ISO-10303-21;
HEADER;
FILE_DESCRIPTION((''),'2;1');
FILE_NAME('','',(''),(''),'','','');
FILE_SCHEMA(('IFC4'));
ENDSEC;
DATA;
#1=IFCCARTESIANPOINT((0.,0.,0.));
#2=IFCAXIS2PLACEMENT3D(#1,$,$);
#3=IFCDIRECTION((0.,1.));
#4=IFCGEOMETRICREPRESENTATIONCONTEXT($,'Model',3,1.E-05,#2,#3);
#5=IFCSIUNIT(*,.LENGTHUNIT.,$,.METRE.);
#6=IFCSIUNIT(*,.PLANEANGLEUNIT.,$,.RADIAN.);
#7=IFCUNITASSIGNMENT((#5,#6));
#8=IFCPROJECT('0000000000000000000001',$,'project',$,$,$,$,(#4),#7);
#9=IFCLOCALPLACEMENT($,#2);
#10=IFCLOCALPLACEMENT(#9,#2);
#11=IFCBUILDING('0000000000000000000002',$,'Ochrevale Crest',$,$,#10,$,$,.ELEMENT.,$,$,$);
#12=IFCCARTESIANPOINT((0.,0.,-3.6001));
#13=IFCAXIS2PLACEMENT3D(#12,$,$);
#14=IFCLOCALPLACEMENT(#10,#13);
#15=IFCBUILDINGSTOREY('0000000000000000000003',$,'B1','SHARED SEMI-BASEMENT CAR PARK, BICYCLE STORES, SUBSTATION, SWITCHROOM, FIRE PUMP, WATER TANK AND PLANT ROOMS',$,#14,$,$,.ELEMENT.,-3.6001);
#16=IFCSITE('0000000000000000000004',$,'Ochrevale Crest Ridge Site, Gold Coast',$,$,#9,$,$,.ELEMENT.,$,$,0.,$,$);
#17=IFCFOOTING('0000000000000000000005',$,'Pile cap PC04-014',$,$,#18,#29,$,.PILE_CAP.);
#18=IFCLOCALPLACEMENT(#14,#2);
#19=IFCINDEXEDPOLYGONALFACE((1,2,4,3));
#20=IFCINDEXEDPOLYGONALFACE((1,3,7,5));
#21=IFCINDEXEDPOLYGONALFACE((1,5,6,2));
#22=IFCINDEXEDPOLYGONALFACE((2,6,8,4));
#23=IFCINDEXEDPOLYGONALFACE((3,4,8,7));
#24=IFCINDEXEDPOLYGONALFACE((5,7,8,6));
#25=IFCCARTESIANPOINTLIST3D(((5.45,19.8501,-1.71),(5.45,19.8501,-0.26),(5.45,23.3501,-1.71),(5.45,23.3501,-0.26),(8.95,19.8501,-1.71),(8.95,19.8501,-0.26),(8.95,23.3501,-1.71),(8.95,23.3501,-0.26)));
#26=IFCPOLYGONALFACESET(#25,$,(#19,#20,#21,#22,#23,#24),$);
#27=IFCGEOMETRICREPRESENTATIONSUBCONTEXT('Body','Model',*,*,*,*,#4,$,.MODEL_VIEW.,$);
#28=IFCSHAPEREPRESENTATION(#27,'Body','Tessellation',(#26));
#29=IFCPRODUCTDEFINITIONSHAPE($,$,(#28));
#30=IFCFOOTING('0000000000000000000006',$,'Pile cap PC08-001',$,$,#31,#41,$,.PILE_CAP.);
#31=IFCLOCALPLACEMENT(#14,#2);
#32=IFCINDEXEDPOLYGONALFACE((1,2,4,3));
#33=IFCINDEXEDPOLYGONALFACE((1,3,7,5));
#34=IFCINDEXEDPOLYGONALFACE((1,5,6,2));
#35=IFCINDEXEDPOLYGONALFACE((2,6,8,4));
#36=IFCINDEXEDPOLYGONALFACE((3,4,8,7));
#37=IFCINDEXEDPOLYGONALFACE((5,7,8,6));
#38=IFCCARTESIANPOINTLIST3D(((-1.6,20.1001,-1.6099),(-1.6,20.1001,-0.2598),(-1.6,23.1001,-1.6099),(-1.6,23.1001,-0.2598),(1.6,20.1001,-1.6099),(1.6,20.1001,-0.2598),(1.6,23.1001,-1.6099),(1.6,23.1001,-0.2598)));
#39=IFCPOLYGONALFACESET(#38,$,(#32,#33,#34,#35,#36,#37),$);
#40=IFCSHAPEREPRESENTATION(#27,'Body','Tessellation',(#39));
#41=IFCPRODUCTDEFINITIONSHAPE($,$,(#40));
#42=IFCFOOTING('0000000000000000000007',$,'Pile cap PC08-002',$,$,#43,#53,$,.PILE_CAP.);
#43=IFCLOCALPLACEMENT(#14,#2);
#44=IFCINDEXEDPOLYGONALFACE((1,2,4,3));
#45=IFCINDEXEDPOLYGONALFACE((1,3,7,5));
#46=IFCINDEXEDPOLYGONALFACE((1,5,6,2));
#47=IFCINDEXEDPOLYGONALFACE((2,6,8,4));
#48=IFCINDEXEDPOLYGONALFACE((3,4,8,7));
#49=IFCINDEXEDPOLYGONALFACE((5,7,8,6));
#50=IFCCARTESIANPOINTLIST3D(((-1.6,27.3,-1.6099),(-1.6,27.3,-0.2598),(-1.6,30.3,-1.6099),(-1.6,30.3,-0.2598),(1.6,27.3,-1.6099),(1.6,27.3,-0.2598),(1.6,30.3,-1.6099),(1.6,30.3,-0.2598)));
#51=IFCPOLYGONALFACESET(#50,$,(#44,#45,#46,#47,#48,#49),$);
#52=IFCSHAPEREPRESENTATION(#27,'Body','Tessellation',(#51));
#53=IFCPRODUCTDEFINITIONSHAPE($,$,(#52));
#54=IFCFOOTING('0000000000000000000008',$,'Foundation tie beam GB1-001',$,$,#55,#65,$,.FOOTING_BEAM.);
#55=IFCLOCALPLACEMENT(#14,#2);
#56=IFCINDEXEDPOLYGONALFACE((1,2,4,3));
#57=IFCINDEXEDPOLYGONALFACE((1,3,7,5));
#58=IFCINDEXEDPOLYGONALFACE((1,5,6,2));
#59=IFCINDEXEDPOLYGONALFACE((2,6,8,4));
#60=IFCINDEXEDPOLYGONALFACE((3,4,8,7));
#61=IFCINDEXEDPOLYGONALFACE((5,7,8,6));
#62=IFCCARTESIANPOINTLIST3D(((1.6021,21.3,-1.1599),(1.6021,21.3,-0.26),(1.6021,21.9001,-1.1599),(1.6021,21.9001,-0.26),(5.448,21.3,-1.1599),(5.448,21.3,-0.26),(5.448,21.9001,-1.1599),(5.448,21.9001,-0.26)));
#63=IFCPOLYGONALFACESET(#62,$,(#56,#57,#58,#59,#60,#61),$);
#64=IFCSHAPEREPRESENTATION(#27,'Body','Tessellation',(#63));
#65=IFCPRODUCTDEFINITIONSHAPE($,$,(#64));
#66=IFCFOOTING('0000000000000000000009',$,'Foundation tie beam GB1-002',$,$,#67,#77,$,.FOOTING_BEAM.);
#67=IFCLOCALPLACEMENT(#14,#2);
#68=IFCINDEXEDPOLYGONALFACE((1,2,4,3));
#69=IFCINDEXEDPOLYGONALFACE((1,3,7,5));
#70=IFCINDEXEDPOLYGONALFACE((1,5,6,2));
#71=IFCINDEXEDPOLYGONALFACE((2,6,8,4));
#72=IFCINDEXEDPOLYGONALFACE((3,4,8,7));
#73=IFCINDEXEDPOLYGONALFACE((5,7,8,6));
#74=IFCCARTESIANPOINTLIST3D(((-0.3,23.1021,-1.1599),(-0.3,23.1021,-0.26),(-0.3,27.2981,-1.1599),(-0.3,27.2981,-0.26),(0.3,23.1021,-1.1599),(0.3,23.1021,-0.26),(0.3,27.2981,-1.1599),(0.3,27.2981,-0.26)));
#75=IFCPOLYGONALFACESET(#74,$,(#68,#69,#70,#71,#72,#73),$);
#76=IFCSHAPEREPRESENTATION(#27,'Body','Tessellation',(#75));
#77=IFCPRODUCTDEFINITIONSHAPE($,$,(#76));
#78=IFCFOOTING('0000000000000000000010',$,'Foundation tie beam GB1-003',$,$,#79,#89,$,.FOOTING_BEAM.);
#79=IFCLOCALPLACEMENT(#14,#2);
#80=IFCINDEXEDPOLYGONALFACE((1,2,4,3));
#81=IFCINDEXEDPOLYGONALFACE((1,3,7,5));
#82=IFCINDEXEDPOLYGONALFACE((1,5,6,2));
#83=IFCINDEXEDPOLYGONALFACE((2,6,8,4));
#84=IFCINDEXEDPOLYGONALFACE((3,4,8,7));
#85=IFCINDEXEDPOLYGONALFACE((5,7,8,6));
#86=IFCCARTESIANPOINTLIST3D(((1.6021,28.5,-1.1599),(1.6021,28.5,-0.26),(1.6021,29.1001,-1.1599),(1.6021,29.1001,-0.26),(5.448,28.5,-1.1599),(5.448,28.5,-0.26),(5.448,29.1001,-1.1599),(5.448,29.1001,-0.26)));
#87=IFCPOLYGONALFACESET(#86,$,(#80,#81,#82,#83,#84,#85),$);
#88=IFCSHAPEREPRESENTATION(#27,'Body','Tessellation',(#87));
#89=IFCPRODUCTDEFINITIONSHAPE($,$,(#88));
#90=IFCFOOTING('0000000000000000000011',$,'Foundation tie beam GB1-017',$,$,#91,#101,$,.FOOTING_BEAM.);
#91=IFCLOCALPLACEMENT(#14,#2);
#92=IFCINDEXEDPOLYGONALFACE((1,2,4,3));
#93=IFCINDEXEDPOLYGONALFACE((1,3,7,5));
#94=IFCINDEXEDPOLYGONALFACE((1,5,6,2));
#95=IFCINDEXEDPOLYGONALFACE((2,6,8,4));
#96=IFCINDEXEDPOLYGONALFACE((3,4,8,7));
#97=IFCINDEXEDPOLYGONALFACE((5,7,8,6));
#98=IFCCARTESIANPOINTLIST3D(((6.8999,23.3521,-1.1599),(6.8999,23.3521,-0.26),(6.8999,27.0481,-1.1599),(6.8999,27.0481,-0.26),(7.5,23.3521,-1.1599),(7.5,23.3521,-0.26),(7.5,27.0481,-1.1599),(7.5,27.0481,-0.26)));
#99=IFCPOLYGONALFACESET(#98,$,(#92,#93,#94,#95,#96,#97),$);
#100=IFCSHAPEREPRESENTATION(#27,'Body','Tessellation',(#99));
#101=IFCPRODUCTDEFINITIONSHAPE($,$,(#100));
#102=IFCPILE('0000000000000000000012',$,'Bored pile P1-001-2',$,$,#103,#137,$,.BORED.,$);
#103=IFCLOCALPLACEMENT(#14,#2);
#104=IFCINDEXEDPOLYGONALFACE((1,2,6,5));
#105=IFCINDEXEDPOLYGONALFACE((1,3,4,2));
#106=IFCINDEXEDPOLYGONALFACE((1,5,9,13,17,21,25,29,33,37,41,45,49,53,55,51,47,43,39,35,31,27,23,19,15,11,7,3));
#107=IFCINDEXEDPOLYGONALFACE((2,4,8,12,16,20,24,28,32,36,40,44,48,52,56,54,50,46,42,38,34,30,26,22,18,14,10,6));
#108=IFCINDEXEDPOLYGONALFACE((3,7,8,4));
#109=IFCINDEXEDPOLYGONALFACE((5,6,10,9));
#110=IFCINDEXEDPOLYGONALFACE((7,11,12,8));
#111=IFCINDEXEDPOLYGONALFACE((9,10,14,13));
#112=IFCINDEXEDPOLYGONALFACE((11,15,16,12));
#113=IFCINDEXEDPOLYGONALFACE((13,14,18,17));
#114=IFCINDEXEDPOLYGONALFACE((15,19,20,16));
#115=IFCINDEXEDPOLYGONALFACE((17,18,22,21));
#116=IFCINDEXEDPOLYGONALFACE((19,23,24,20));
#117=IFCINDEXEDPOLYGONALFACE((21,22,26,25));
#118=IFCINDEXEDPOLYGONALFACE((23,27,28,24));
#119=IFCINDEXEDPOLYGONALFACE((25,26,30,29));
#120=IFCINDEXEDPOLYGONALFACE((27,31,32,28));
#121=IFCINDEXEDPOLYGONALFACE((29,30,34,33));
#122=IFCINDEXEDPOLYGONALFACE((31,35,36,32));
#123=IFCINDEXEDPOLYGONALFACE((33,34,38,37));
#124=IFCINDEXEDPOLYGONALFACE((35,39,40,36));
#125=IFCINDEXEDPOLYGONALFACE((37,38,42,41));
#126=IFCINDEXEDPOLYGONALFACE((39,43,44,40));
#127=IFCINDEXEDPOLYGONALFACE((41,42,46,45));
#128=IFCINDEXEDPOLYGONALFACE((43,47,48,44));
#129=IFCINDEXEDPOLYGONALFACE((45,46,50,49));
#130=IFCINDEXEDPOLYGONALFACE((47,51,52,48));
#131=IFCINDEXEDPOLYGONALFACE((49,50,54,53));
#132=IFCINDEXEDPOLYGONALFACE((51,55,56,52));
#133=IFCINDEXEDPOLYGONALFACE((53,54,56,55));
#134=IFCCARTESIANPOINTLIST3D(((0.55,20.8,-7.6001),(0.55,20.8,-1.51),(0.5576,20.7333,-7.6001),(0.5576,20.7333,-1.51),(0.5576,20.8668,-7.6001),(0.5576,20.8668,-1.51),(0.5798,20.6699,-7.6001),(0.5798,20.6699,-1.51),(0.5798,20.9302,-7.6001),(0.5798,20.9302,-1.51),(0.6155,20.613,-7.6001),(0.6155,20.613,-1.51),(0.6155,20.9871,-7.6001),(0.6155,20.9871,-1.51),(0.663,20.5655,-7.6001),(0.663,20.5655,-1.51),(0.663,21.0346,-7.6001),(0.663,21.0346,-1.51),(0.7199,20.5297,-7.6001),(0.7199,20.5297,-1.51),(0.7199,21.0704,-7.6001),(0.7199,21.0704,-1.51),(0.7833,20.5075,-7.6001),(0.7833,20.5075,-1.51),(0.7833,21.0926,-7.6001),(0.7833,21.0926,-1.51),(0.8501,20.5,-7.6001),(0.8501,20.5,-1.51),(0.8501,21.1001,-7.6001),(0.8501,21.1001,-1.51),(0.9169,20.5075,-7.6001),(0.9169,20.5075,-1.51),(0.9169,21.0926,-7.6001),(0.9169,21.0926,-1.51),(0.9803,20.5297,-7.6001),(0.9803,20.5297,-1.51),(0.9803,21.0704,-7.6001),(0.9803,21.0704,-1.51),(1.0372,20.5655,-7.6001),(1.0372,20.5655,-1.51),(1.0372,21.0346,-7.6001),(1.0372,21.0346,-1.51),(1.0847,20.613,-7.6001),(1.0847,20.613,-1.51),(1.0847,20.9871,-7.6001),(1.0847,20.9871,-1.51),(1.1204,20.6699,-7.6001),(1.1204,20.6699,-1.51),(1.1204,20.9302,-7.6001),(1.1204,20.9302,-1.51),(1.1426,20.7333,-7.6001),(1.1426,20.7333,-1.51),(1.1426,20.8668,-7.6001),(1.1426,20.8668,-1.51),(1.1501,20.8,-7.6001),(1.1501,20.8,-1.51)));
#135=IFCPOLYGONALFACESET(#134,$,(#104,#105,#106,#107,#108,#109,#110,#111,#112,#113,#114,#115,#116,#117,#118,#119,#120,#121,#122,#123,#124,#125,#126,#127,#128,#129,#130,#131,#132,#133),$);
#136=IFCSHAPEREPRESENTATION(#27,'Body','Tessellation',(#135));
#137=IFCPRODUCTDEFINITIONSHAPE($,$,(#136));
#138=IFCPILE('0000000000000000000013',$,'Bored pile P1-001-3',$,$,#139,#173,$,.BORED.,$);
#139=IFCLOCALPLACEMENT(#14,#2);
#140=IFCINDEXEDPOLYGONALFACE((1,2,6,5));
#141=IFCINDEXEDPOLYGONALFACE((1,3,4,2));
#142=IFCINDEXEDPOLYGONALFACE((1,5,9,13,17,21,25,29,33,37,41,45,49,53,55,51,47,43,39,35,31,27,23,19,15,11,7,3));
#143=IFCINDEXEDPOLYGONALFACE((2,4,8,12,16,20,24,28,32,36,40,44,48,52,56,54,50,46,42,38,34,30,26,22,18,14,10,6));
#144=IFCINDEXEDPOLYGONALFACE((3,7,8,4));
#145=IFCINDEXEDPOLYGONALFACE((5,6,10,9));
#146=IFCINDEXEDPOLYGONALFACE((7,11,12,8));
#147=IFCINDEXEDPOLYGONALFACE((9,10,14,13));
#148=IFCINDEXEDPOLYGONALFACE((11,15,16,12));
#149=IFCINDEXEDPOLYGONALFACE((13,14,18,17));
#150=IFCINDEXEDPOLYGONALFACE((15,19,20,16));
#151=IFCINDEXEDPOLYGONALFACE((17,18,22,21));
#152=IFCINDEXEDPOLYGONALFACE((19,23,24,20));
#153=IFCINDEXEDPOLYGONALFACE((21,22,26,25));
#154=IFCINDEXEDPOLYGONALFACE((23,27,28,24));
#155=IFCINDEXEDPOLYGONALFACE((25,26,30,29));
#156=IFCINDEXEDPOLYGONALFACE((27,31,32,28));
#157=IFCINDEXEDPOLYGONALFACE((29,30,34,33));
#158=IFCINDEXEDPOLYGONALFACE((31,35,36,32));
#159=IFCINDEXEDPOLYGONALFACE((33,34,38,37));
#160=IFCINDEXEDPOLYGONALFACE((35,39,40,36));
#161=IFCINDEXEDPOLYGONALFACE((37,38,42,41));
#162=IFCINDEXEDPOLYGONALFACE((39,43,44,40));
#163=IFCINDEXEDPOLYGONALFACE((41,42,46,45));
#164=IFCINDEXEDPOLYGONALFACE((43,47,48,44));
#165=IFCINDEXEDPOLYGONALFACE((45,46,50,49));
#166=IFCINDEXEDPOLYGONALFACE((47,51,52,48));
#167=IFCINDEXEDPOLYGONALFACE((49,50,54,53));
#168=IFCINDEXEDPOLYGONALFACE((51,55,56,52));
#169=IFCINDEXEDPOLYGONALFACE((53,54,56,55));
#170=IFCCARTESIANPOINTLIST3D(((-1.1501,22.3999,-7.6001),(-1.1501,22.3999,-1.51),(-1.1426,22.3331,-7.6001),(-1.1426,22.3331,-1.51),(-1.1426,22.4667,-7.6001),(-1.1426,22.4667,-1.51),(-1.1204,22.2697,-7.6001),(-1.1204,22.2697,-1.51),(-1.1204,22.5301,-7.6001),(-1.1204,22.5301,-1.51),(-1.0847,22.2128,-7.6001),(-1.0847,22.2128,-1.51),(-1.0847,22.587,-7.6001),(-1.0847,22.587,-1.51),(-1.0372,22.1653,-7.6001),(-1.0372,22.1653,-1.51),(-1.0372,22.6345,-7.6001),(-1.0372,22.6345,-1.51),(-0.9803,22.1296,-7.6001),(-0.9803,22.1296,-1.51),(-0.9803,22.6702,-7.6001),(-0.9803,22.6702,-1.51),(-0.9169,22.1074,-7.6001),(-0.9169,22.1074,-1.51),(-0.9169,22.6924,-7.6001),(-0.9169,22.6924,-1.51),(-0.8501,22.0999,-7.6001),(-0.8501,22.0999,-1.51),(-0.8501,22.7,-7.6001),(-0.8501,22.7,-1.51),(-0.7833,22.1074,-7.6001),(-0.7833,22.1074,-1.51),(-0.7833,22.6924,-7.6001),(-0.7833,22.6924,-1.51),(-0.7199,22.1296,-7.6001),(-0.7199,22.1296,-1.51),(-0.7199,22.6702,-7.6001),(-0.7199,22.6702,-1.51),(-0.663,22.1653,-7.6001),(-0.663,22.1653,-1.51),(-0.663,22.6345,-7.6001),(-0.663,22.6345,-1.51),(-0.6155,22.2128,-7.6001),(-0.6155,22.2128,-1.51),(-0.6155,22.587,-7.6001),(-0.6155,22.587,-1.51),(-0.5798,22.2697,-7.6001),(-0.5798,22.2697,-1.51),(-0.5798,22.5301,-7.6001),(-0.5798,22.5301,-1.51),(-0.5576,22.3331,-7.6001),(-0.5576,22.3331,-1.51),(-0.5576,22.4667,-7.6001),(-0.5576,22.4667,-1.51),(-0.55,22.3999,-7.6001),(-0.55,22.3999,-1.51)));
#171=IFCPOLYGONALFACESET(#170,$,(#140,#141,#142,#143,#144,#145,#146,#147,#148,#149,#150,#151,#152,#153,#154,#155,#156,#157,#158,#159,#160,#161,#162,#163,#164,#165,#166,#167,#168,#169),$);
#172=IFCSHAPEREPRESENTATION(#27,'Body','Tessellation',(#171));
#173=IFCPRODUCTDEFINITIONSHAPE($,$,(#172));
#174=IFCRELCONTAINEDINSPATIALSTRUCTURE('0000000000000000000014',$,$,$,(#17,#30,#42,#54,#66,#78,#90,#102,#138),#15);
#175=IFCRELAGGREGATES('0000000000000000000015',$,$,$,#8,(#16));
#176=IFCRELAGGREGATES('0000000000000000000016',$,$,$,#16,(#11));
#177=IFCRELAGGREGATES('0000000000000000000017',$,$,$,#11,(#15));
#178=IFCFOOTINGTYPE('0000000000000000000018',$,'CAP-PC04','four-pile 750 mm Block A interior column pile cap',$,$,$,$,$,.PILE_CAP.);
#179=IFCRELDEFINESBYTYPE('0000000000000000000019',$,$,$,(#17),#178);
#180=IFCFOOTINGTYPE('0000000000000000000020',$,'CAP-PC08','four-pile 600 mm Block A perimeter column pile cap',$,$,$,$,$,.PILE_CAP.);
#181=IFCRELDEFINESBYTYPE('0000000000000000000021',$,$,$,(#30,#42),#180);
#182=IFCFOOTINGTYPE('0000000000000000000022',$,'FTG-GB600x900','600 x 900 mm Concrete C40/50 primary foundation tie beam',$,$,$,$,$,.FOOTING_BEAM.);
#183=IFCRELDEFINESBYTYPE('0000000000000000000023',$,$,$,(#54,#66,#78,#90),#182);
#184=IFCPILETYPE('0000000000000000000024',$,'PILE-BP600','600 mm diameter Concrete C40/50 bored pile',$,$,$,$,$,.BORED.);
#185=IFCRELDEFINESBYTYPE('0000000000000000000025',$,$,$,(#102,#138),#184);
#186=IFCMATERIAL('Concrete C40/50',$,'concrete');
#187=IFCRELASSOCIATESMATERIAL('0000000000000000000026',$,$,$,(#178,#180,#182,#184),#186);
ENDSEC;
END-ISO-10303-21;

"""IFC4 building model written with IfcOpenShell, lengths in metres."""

from ifc_helpers import new_model, si_unit, direction, frame, origin, origin_2d, place, context, subcontext, project, spatial, rectangle, circle, extrude, material, material_profile, profile_set, type_object, element, save


model = new_model("IFC4")

# Units and contexts
model_context = context("Model", 3, precision=1e-05, world=origin(), true_north=direction((0.0, 1.0)))
body_context = subcontext(model_context, "Body", "Model", "MODEL_VIEW")
ifc_project = project(units=[si_unit("LENGTHUNIT", "METRE"), si_unit("PLANEANGLEUNIT", "RADIAN")], contexts=[model_context])

# Site, building, storey
site_placement = place(None, origin())
site = spatial("IfcSite", under=ifc_project, at=site_placement, Name="Ochrevale Crest Ridge Site, Gold Coast", CompositionType="ELEMENT", RefElevation=0.0)
building_placement = place(site_placement, origin())
building = spatial("IfcBuilding", under=site, at=building_placement, Name="Ochrevale Crest", CompositionType="ELEMENT")
storey_placement = place(building_placement, frame((0.0, 0.0, -3.6001)))
storey = spatial("IfcBuildingStorey", under=building, at=storey_placement, Name="B1", Description="SHARED SEMI-BASEMENT CAR PARK, BICYCLE STORES, SUBSTATION, SWITCHROOM, FIRE PUMP, WATER TANK AND PLANT ROOMS", CompositionType="ELEMENT", Elevation=-3.6001)

# Footings
ifc_material_1 = material(Name="Concrete C40/50", Category="concrete")
footing_type_1 = type_object("IfcFootingType", Name="CAP-PC04", Description="four-pile 750 mm Block A interior column pile cap", PredefinedType="PILE_CAP", material=ifc_material_1)
footing_1_placement = place(storey_placement, frame((7.2, 21.6001, -1.71), z_axis=(0.0, 0.0, 1.0), x_axis=(1.0, 0.0, 0.0)))
element("IfcFooting", 1, at=footing_1_placement, inside=storey, type_object=footing_type_1, Name="Pile cap PC04-014", PredefinedType="PILE_CAP", context=body_context, shape_type="SweptSolid", body=[
    extrude(rectangle(XDim=3.5, YDim=3.5, at=origin_2d()), origin(), (0.0, 0.0, 1.0), 1.45),
])
footing_type_2 = type_object("IfcFootingType", Name="CAP-PC08", Description="four-pile 600 mm Block A perimeter column pile cap", PredefinedType="PILE_CAP", material=ifc_material_1)
for number, where, z_axis, x_axis, name in (
    (2, (0.0, 21.6001, -1.6099), (0.0, 0.0, 1.0), (1.0, 0.0, 0.0), "Pile cap PC08-001"),
    (3, (0.0, 28.8, -1.6099), (0.0, 0.0, 1.0), (1.0, 0.0, 0.0), "Pile cap PC08-002"),
):
    element("IfcFooting", number, at=place(storey_placement, frame(where, z_axis=z_axis, x_axis=x_axis)), inside=storey, type_object=footing_type_2, Name=name, PredefinedType="PILE_CAP", context=body_context, shape_type="SweptSolid", body=[
        extrude(rectangle(XDim=3.2, YDim=3.0, at=origin_2d()), origin(), (0.0, 0.0, 1.0), 1.3501),
    ])
ifc_material_profile_1 = material_profile(ifc_material_1, rectangle(XDim=0.6001, YDim=0.8999, at=origin_2d()), Name="GB 600x900")
ifc_profile_set_1 = profile_set([ifc_material_profile_1], Name="Concrete C40/50")
footing_type_3 = type_object("IfcFootingType", Name="FTG-GB600x900", Description="600 x 900 mm Concrete C40/50 primary foundation tie beam", PredefinedType="FOOTING_BEAM", material=ifc_profile_set_1)
footing_2_placement = place(storey_placement, frame((1.6021, 21.6001, -0.71), z_axis=(1.0, 0.0, 0.0), x_axis=(0.0, 1.0, 0.0)))
element("IfcFooting", 4, at=footing_2_placement, inside=storey, type_object=footing_type_3, Name="Foundation tie beam GB1-001", PredefinedType="FOOTING_BEAM", context=body_context, shape_type="SweptSolid", body=[
    extrude(rectangle(XDim=0.6001, YDim=0.8999, at=origin_2d()), origin(), (0.0, 0.0, 1.0), 3.8459),
])
footing_3_placement = place(storey_placement, frame((0.0, 23.1021, -0.71), z_axis=(0.0, 1.0, 0.0), x_axis=(-1.0, 0.0, 0.0)))
element("IfcFooting", 5, at=footing_3_placement, inside=storey, type_object=footing_type_3, Name="Foundation tie beam GB1-002", PredefinedType="FOOTING_BEAM", context=body_context, shape_type="SweptSolid", body=[
    extrude(rectangle(XDim=0.6001, YDim=0.8999, at=origin_2d()), origin(), (0.0, 0.0, 1.0), 4.196),
])
footing_4_placement = place(storey_placement, frame((1.6021, 28.8, -0.71), z_axis=(1.0, 0.0, 0.0), x_axis=(0.0, 1.0, 0.0)))
element("IfcFooting", 6, at=footing_4_placement, inside=storey, type_object=footing_type_3, Name="Foundation tie beam GB1-003", PredefinedType="FOOTING_BEAM", context=body_context, shape_type="SweptSolid", body=[
    extrude(rectangle(XDim=0.6001, YDim=0.8999, at=origin_2d()), origin(), (0.0, 0.0, 1.0), 3.8459),
])
footing_5_placement = place(storey_placement, frame((7.2, 23.3521, -0.71), z_axis=(0.0, 1.0, 0.0), x_axis=(-1.0, 0.0, 0.0)))
element("IfcFooting", 7, at=footing_5_placement, inside=storey, type_object=footing_type_3, Name="Foundation tie beam GB1-017", PredefinedType="FOOTING_BEAM", context=body_context, shape_type="SweptSolid", body=[
    extrude(rectangle(XDim=0.6001, YDim=0.8999, at=origin_2d()), origin(), (0.0, 0.0, 1.0), 3.696),
])

# Piles
ifc_material_profile_2 = material_profile(ifc_material_1, circle(Radius=0.3, at=origin_2d()), Name="BORED PILE 600")
ifc_profile_set_2 = profile_set([ifc_material_profile_2], Name="Concrete C40/50")
pile_type_1 = type_object("IfcPileType", Name="PILE-BP600", Description="600 mm diameter Concrete C40/50 bored pile", PredefinedType="BORED", material=ifc_profile_set_2)
for number, where, z_axis, x_axis, name in (
    (8, (0.8501, 20.8, -1.51), (0.0, 0.0, -1.0), (1.0, 0.0, 0.0), "Bored pile P1-001-2"),
    (9, (-0.8501, 22.3999, -1.51), (0.0, 0.0, -1.0), (1.0, 0.0, 0.0), "Bored pile P1-001-3"),
):
    element("IfcPile", number, at=place(storey_placement, frame(where, z_axis=z_axis, x_axis=x_axis)), inside=storey, type_object=pile_type_1, Name=name, PredefinedType="BORED", context=body_context, shape_type="SweptSolid", body=[
        extrude(circle(Radius=0.3, at=origin_2d()), origin(), (0.0, 0.0, 1.0), 6.0901),
    ])

save(model, "model.ifc")
